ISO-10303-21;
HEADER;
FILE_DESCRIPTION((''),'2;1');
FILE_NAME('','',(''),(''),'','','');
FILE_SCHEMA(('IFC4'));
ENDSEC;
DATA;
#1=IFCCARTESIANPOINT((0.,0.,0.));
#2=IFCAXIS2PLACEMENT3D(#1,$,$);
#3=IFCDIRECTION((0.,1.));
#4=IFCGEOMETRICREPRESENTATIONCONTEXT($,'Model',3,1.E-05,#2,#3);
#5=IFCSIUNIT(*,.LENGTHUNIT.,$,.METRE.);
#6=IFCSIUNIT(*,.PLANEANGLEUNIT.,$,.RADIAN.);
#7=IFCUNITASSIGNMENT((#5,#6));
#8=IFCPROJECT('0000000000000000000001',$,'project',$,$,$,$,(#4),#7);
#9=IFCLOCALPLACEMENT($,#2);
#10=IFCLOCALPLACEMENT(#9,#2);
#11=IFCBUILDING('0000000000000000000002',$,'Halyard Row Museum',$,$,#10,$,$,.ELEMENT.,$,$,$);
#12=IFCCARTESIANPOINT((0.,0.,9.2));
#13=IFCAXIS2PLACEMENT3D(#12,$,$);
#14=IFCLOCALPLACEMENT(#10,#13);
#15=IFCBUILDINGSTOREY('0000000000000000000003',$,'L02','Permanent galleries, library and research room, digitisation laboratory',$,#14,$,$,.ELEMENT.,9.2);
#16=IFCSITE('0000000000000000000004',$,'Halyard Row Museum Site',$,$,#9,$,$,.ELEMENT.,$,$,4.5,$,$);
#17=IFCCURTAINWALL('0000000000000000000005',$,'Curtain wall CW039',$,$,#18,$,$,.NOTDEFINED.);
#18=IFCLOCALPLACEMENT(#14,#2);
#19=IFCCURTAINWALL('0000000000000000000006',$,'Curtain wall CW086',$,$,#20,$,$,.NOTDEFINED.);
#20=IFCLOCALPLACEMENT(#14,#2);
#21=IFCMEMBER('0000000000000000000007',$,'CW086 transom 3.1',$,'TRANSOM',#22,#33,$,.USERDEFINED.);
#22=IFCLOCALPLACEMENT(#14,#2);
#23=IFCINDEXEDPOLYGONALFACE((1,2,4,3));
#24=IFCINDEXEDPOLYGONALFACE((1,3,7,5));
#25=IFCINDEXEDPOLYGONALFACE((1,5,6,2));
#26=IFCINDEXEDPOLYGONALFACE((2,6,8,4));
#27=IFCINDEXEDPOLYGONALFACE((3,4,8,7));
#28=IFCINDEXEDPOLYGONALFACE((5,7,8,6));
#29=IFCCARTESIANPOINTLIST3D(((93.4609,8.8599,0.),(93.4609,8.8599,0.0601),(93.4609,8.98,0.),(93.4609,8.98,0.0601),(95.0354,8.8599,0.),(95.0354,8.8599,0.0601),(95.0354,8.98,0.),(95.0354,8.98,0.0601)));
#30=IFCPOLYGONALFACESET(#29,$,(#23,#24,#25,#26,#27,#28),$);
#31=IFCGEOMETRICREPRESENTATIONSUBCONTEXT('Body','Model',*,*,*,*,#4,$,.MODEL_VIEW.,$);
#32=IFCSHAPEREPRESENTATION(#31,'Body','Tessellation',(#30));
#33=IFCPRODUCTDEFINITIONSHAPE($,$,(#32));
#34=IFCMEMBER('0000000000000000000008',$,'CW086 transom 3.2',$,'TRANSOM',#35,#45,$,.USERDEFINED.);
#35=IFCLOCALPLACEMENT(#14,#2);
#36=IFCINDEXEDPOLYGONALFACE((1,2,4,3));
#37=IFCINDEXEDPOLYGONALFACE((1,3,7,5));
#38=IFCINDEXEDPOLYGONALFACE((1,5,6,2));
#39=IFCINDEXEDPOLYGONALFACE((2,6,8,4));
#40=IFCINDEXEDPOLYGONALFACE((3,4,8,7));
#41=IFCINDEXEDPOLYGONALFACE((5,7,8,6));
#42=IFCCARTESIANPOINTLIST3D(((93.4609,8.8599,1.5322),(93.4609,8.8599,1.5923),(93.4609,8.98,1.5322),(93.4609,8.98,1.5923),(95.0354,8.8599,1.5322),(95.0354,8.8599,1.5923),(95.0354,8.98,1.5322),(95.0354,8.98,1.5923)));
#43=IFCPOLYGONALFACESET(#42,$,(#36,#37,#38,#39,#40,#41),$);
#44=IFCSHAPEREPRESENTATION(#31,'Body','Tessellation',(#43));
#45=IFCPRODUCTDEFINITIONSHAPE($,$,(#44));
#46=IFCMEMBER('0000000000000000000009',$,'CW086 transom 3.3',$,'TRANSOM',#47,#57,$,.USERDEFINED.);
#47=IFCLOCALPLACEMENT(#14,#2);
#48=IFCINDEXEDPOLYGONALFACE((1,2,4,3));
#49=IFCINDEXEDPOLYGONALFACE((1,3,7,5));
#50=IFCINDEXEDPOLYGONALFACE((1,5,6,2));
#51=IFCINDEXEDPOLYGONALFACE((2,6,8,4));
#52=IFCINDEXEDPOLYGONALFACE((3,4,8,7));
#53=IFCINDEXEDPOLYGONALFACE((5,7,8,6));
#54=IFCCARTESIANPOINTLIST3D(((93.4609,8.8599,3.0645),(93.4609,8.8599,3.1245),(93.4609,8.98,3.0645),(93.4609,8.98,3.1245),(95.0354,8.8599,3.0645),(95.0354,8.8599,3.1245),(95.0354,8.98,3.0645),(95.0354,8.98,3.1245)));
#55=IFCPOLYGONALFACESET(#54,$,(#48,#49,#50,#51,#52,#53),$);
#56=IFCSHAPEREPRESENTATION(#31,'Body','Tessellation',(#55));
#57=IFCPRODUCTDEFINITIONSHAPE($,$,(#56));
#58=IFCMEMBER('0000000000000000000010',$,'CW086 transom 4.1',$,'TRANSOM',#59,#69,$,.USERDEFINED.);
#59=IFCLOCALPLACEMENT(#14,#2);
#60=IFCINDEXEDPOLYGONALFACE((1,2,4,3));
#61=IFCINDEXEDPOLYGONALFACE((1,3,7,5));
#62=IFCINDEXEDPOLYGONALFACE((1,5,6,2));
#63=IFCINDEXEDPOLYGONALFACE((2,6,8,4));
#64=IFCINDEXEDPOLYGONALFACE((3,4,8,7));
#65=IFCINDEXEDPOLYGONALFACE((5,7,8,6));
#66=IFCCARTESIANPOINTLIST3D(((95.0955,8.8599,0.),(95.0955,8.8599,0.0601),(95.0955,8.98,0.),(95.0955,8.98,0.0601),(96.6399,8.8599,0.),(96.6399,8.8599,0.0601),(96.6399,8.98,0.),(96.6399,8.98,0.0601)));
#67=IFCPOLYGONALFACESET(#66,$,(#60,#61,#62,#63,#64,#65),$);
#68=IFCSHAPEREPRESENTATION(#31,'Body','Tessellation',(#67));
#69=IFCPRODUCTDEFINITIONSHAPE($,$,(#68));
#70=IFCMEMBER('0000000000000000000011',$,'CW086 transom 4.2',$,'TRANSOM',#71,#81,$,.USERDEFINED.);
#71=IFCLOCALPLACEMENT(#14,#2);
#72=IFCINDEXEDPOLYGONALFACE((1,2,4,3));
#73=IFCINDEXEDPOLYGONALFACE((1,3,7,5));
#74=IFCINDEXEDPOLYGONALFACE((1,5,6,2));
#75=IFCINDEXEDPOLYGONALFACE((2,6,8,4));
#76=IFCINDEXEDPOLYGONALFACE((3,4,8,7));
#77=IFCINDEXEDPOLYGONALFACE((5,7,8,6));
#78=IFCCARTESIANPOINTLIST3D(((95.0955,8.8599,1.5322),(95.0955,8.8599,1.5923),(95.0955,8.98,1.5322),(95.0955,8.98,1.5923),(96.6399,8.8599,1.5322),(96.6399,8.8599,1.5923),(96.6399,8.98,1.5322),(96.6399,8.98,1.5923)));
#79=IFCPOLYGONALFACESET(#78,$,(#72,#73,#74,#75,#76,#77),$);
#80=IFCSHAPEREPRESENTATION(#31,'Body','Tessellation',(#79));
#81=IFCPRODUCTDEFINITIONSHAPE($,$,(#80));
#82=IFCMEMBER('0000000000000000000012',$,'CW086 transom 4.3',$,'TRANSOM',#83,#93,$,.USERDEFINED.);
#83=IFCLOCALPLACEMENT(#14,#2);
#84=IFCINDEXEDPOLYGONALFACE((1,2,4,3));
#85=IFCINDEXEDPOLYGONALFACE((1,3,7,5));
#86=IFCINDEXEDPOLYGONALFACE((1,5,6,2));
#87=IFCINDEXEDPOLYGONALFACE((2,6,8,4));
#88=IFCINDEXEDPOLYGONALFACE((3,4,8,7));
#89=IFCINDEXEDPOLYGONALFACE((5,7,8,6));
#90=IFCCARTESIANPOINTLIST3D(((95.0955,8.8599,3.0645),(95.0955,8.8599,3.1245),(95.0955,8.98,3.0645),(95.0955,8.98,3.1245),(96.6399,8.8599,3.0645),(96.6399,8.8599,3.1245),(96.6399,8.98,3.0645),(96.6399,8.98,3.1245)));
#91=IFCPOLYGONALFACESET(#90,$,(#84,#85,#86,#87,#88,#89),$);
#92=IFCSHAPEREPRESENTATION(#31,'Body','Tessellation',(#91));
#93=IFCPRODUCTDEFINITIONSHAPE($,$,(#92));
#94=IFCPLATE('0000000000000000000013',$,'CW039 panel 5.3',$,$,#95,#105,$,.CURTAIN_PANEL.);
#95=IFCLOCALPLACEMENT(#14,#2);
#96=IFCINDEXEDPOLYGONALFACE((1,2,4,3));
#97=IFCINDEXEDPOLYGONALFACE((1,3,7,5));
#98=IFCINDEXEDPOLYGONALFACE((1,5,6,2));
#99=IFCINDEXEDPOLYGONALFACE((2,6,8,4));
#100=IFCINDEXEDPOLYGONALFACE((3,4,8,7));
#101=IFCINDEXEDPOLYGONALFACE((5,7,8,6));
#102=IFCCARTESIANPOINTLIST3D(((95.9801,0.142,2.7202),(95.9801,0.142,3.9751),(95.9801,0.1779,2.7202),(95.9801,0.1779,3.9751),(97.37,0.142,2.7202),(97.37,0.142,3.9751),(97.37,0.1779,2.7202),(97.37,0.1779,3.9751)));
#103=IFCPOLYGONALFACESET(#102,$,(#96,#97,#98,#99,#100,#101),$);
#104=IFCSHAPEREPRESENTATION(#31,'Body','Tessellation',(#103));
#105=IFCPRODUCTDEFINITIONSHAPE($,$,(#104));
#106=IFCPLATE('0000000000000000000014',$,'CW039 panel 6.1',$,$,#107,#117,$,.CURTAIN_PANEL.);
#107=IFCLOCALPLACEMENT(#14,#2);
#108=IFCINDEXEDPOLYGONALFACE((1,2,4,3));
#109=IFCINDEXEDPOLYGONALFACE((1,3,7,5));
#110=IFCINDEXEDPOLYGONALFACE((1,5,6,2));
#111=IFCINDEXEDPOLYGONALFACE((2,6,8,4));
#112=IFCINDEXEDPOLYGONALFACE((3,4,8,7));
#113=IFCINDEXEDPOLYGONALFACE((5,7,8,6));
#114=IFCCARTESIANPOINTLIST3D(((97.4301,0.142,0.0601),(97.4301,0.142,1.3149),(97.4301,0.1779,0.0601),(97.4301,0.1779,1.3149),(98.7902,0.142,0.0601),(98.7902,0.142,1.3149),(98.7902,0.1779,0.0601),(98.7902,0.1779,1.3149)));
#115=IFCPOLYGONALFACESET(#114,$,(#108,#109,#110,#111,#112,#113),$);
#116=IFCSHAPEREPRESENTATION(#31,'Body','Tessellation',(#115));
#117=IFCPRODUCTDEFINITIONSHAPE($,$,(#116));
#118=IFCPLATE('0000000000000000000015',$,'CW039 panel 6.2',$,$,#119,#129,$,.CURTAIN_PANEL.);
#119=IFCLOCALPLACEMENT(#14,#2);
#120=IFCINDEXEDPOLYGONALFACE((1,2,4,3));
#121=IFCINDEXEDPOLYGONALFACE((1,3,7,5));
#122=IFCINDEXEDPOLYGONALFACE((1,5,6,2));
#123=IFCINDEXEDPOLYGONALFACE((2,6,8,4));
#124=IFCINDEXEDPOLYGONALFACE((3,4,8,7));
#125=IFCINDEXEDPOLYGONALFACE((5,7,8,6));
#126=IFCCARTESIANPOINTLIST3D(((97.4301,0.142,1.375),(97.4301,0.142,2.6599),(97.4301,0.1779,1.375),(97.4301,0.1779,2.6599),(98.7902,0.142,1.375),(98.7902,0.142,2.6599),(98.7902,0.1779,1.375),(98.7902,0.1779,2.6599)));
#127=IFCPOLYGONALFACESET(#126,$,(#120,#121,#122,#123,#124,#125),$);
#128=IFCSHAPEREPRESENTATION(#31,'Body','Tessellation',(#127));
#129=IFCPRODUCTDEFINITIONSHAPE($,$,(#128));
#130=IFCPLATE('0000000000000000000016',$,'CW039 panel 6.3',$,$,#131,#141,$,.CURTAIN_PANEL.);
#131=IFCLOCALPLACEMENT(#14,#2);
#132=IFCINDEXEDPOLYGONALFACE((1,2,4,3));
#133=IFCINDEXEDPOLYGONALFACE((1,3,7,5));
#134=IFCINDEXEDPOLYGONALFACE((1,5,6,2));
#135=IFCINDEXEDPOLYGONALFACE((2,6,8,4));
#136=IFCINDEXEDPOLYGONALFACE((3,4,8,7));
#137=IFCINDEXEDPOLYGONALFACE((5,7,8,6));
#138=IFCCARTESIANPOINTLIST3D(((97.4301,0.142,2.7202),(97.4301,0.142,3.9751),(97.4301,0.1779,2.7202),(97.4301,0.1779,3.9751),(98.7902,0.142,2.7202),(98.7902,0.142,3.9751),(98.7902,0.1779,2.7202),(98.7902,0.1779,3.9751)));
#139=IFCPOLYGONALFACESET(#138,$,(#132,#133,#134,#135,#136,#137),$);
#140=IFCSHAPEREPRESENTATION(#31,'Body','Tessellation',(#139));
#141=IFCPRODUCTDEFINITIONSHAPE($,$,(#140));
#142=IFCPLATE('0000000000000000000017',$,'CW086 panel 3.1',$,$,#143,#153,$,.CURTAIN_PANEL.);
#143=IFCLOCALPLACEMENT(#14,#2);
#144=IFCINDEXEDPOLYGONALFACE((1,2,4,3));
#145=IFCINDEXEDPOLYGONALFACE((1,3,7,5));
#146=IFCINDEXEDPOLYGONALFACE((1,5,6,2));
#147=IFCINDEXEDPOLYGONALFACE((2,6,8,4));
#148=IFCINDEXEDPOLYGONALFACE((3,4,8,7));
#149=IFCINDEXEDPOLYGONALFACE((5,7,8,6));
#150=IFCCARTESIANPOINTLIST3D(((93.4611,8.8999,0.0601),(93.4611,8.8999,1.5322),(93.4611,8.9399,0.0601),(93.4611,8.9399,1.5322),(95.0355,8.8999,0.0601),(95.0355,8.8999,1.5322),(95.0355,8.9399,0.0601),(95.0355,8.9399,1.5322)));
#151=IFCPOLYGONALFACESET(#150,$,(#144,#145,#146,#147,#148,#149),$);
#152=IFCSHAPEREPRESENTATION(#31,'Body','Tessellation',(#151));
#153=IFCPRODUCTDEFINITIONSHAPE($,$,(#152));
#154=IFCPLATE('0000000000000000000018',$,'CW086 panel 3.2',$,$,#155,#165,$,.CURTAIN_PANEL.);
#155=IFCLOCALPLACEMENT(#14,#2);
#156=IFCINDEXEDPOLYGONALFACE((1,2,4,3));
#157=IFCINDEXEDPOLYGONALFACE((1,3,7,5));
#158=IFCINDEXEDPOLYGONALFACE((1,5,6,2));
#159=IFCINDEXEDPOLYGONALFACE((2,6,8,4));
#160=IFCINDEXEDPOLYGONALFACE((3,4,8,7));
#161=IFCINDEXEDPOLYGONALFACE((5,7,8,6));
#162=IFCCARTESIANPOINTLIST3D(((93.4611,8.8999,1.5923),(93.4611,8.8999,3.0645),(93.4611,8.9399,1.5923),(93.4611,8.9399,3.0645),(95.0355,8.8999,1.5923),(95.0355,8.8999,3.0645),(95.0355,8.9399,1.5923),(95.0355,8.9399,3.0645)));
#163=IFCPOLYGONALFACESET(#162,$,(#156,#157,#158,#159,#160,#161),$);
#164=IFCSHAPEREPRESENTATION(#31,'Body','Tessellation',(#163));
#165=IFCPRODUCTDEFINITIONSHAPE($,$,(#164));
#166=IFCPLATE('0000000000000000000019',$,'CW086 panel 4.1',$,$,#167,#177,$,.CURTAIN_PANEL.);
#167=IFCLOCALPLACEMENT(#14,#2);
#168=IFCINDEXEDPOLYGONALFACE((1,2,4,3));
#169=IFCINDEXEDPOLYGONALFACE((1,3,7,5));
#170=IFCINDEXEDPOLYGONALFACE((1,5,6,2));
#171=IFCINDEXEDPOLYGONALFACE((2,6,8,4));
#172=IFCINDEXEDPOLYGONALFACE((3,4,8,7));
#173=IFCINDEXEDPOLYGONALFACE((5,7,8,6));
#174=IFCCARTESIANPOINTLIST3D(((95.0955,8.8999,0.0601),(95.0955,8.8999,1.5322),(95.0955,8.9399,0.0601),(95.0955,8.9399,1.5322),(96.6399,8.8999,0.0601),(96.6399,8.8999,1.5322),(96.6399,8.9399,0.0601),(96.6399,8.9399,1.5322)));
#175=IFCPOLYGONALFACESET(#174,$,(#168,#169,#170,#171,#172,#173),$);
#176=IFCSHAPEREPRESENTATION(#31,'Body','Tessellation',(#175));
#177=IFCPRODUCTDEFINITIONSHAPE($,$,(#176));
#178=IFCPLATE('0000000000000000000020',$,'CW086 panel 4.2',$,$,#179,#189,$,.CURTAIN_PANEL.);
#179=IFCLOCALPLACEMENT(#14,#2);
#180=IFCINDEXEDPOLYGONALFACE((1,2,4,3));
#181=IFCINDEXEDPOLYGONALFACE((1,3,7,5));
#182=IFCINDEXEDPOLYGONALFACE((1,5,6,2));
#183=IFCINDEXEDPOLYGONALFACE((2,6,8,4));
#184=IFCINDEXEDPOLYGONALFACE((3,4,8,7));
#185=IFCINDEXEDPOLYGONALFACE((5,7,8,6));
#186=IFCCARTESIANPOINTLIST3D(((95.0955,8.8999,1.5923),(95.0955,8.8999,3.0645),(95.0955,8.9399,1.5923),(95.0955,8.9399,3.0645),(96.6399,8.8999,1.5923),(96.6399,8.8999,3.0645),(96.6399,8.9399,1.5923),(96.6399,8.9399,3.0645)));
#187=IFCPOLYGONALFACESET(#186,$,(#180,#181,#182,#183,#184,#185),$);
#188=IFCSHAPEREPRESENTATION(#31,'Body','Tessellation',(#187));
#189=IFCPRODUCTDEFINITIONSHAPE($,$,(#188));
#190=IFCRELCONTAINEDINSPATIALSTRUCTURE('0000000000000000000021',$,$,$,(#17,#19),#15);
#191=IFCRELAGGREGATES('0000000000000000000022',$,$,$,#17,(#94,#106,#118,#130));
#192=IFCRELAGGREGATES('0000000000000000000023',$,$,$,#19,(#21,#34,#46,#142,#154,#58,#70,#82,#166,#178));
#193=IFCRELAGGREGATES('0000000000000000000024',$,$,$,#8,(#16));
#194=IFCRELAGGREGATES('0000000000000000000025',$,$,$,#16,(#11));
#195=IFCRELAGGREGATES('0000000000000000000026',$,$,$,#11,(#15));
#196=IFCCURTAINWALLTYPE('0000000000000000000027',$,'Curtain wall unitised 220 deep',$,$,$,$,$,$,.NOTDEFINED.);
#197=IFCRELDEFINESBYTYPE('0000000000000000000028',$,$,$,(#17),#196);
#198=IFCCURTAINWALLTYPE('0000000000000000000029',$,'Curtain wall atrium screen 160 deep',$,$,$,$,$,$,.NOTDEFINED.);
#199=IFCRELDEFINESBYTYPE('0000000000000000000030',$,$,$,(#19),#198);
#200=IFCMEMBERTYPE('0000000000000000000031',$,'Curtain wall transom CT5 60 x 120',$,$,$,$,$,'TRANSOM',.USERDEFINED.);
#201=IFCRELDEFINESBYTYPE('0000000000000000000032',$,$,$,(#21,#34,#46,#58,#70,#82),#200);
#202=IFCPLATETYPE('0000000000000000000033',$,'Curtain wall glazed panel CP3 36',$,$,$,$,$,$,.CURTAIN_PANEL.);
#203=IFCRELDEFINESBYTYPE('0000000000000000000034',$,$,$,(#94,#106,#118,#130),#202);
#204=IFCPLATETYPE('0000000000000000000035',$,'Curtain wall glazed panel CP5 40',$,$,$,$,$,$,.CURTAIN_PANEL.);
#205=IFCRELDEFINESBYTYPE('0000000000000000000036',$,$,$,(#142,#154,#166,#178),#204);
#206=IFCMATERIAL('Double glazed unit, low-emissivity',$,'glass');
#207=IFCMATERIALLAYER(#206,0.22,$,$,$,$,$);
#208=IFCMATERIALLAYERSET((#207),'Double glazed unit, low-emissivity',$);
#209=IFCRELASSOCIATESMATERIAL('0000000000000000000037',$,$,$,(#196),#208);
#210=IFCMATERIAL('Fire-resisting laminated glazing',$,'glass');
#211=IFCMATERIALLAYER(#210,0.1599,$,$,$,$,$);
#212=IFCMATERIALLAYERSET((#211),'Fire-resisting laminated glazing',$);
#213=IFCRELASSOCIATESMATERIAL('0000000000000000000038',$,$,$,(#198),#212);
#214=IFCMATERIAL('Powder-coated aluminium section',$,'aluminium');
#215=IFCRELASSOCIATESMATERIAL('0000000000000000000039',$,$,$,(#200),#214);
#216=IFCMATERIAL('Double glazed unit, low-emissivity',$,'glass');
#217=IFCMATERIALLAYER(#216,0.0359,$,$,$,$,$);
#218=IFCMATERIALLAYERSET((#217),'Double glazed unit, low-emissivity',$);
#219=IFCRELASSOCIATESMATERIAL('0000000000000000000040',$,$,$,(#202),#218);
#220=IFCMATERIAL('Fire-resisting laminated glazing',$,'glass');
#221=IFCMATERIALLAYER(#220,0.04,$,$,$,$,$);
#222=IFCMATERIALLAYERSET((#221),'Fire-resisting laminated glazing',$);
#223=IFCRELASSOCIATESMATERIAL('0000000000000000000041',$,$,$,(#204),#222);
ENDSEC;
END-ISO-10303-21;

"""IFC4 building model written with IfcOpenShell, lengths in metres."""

from ifc_helpers import new_model, si_unit, direction, frame, origin, origin_2d, place, context, subcontext, project, spatial, rectangle, extrude, material, layer, layer_set, material_profile, profile_set, type_object, element, aggregate, save


model = new_model("IFC4")

# Units and contexts
model_context = context("Model", 3, precision=1e-05, world=origin(), true_north=direction((0.0, 1.0)))
body_context = subcontext(model_context, "Body", "Model", "MODEL_VIEW")
ifc_project = project(units=[si_unit("LENGTHUNIT", "METRE"), si_unit("PLANEANGLEUNIT", "RADIAN")], contexts=[model_context])

# Site, building, storey
site_placement = place(None, origin())
site = spatial("IfcSite", under=ifc_project, at=site_placement, Name="Halyard Row Museum Site", CompositionType="ELEMENT", RefElevation=4.5)
building_placement = place(site_placement, origin())
building = spatial("IfcBuilding", under=site, at=building_placement, Name="Halyard Row Museum", CompositionType="ELEMENT")
storey_placement = place(building_placement, frame((0.0, 0.0, 9.2)))
storey = spatial("IfcBuildingStorey", under=building, at=storey_placement, Name="L02", Description="Permanent galleries, library and research room, digitisation laboratory", CompositionType="ELEMENT", Elevation=9.2)

# Curtain walls
ifc_material_1 = material(Name="Double glazed unit, low-emissivity", Category="glass")
ifc_layer_1 = layer(ifc_material_1, 0.22)
ifc_layer_set_1 = layer_set([ifc_layer_1], Name="Double glazed unit, low-emissivity")
curtain_wall_type_1 = type_object("IfcCurtainWallType", Name="Curtain wall unitised 220 deep", PredefinedType="NOTDEFINED", material=ifc_layer_set_1)
curtain_wall_1_placement = place(storey_placement, origin())
curtain_wall_1 = element("IfcCurtainWall", 1, at=curtain_wall_1_placement, inside=storey, type_object=curtain_wall_type_1, Name="Curtain wall CW039", PredefinedType="NOTDEFINED")
ifc_material_2 = material(Name="Fire-resisting laminated glazing", Category="glass")
ifc_layer_2 = layer(ifc_material_2, 0.1599)
ifc_layer_set_2 = layer_set([ifc_layer_2], Name="Fire-resisting laminated glazing")
curtain_wall_type_2 = type_object("IfcCurtainWallType", Name="Curtain wall atrium screen 160 deep", PredefinedType="NOTDEFINED", material=ifc_layer_set_2)
curtain_wall_2_placement = place(storey_placement, origin())
curtain_wall_2 = element("IfcCurtainWall", 2, at=curtain_wall_2_placement, inside=storey, type_object=curtain_wall_type_2, Name="Curtain wall CW086", PredefinedType="NOTDEFINED")

# Members
ifc_material_3 = material(Name="Powder-coated aluminium section", Category="aluminium")
ifc_material_profile_1 = material_profile(ifc_material_3, rectangle(XDim=0.1201, YDim=0.0601, at=origin_2d()), Name="120x60 transom")
ifc_profile_set_1 = profile_set([ifc_material_profile_1], Name="Powder-coated aluminium section")
member_type_1 = type_object("IfcMemberType", Name="Curtain wall transom CT5 60 x 120", ElementType="TRANSOM", PredefinedType="USERDEFINED", material=ifc_profile_set_1)
member_1_placement = place(storey_placement, frame((93.4609, 8.9199, 0.03), z_axis=(1.0, 0.0, 0.0), x_axis=(0.0, 1.0, 0.0)))
member_1 = element("IfcMember", 3, at=member_1_placement, type_object=member_type_1, Name="CW086 transom 3.1", ObjectType="TRANSOM", PredefinedType="USERDEFINED", context=body_context, shape_type="SweptSolid", body=[
    extrude(rectangle(XDim=0.1201, YDim=0.0601, at=origin_2d()), origin(), (0.0, 0.0, 1.0), 1.5745),
])
member_2_placement = place(storey_placement, frame((93.4609, 8.9199, 1.5623), z_axis=(1.0, 0.0, 0.0), x_axis=(0.0, 1.0, 0.0)))
member_2 = element("IfcMember", 4, at=member_2_placement, type_object=member_type_1, Name="CW086 transom 3.2", ObjectType="TRANSOM", PredefinedType="USERDEFINED", context=body_context, shape_type="SweptSolid", body=[
    extrude(rectangle(XDim=0.1201, YDim=0.0601, at=origin_2d()), origin(), (0.0, 0.0, 1.0), 1.5745),
])
member_3_placement = place(storey_placement, frame((93.4609, 8.9199, 3.0945), z_axis=(1.0, 0.0, 0.0), x_axis=(0.0, 1.0, 0.0)))
member_3 = element("IfcMember", 5, at=member_3_placement, type_object=member_type_1, Name="CW086 transom 3.3", ObjectType="TRANSOM", PredefinedType="USERDEFINED", context=body_context, shape_type="SweptSolid", body=[
    extrude(rectangle(XDim=0.1201, YDim=0.0601, at=origin_2d()), origin(), (0.0, 0.0, 1.0), 1.5745),
])
member_4_placement = place(storey_placement, frame((95.0955, 8.9199, 0.03), z_axis=(1.0, 0.0, 0.0), x_axis=(0.0, 1.0, 0.0)))
member_4 = element("IfcMember", 6, at=member_4_placement, type_object=member_type_1, Name="CW086 transom 4.1", ObjectType="TRANSOM", PredefinedType="USERDEFINED", context=body_context, shape_type="SweptSolid", body=[
    extrude(rectangle(XDim=0.1201, YDim=0.0601, at=origin_2d()), origin(), (0.0, 0.0, 1.0), 1.5444),
])
member_5_placement = place(storey_placement, frame((95.0955, 8.9199, 1.5623), z_axis=(1.0, 0.0, 0.0), x_axis=(0.0, 1.0, 0.0)))
member_5 = element("IfcMember", 7, at=member_5_placement, type_object=member_type_1, Name="CW086 transom 4.2", ObjectType="TRANSOM", PredefinedType="USERDEFINED", context=body_context, shape_type="SweptSolid", body=[
    extrude(rectangle(XDim=0.1201, YDim=0.0601, at=origin_2d()), origin(), (0.0, 0.0, 1.0), 1.5444),
])
member_6_placement = place(storey_placement, frame((95.0955, 8.9199, 3.0945), z_axis=(1.0, 0.0, 0.0), x_axis=(0.0, 1.0, 0.0)))
member_6 = element("IfcMember", 8, at=member_6_placement, type_object=member_type_1, Name="CW086 transom 4.3", ObjectType="TRANSOM", PredefinedType="USERDEFINED", context=body_context, shape_type="SweptSolid", body=[
    extrude(rectangle(XDim=0.1201, YDim=0.0601, at=origin_2d()), origin(), (0.0, 0.0, 1.0), 1.5444),
])

# Plates
ifc_material_4 = material(Name="Double glazed unit, low-emissivity", Category="glass")
ifc_layer_3 = layer(ifc_material_4, 0.0359)
ifc_layer_set_3 = layer_set([ifc_layer_3], Name="Double glazed unit, low-emissivity")
plate_type_1 = type_object("IfcPlateType", Name="Curtain wall glazed panel CP3 36", PredefinedType="CURTAIN_PANEL", material=ifc_layer_set_3)
plate_1_placement = place(storey_placement, frame((96.675, 0.1599, 2.7202), z_axis=(0.0, 0.0, 1.0), x_axis=(1.0, 0.0, 0.0)))
plate_1 = element("IfcPlate", 9, at=plate_1_placement, type_object=plate_type_1, Name="CW039 panel 5.3", PredefinedType="CURTAIN_PANEL", context=body_context, shape_type="SweptSolid", body=[
    extrude(rectangle(XDim=1.3899, YDim=0.0359, at=origin_2d()), origin(), (0.0, 0.0, 1.0), 1.2549),
])
plate_2_placement = place(storey_placement, frame((98.1101, 0.1599, 0.0601), z_axis=(0.0, 0.0, 1.0), x_axis=(1.0, 0.0, 0.0)))
plate_2 = element("IfcPlate", 10, at=plate_2_placement, type_object=plate_type_1, Name="CW039 panel 6.1", PredefinedType="CURTAIN_PANEL", context=body_context, shape_type="SweptSolid", body=[
    extrude(rectangle(XDim=1.3601, YDim=0.0359, at=origin_2d()), origin(), (0.0, 0.0, 1.0), 1.2549),
])
plate_3_placement = place(storey_placement, frame((98.1101, 0.1599, 1.375), z_axis=(0.0, 0.0, 1.0), x_axis=(1.0, 0.0, 0.0)))
plate_3 = element("IfcPlate", 11, at=plate_3_placement, type_object=plate_type_1, Name="CW039 panel 6.2", PredefinedType="CURTAIN_PANEL", context=body_context, shape_type="SweptSolid", body=[
    extrude(rectangle(XDim=1.3601, YDim=0.0359, at=origin_2d()), origin(), (0.0, 0.0, 1.0), 1.2849),
])
plate_4_placement = place(storey_placement, frame((98.1101, 0.1599, 2.7202), z_axis=(0.0, 0.0, 1.0), x_axis=(1.0, 0.0, 0.0)))
plate_4 = element("IfcPlate", 12, at=plate_4_placement, type_object=plate_type_1, Name="CW039 panel 6.3", PredefinedType="CURTAIN_PANEL", context=body_context, shape_type="SweptSolid", body=[
    extrude(rectangle(XDim=1.3601, YDim=0.0359, at=origin_2d()), origin(), (0.0, 0.0, 1.0), 1.2549),
])
aggregate(curtain_wall_1, [plate_1, plate_2, plate_3, plate_4])
ifc_material_5 = material(Name="Fire-resisting laminated glazing", Category="glass")
ifc_layer_4 = layer(ifc_material_5, 0.04)
ifc_layer_set_4 = layer_set([ifc_layer_4], Name="Fire-resisting laminated glazing")
plate_type_2 = type_object("IfcPlateType", Name="Curtain wall glazed panel CP5 40", PredefinedType="CURTAIN_PANEL", material=ifc_layer_set_4)
plate_5_placement = place(storey_placement, frame((94.2483, 8.9199, 0.0601), z_axis=(0.0, 0.0, 1.0), x_axis=(1.0, 0.0, 0.0)))
plate_5 = element("IfcPlate", 13, at=plate_5_placement, type_object=plate_type_2, Name="CW086 panel 3.1", PredefinedType="CURTAIN_PANEL", context=body_context, shape_type="SweptSolid", body=[
    extrude(rectangle(XDim=1.5745, YDim=0.04, at=origin_2d()), origin(), (0.0, 0.0, 1.0), 1.4722),
])
plate_6_placement = place(storey_placement, frame((94.2483, 8.9199, 1.5923), z_axis=(0.0, 0.0, 1.0), x_axis=(1.0, 0.0, 0.0)))
plate_6 = element("IfcPlate", 14, at=plate_6_placement, type_object=plate_type_2, Name="CW086 panel 3.2", PredefinedType="CURTAIN_PANEL", context=body_context, shape_type="SweptSolid", body=[
    extrude(rectangle(XDim=1.5745, YDim=0.04, at=origin_2d()), origin(), (0.0, 0.0, 1.0), 1.4722),
])
plate_7_placement = place(storey_placement, frame((95.8677, 8.9199, 0.0601), z_axis=(0.0, 0.0, 1.0), x_axis=(1.0, 0.0, 0.0)))
plate_7 = element("IfcPlate", 15, at=plate_7_placement, type_object=plate_type_2, Name="CW086 panel 4.1", PredefinedType="CURTAIN_PANEL", context=body_context, shape_type="SweptSolid", body=[
    extrude(rectangle(XDim=1.5444, YDim=0.04, at=origin_2d()), origin(), (0.0, 0.0, 1.0), 1.4722),
])
plate_8_placement = place(storey_placement, frame((95.8677, 8.9199, 1.5923), z_axis=(0.0, 0.0, 1.0), x_axis=(1.0, 0.0, 0.0)))
plate_8 = element("IfcPlate", 16, at=plate_8_placement, type_object=plate_type_2, Name="CW086 panel 4.2", PredefinedType="CURTAIN_PANEL", context=body_context, shape_type="SweptSolid", body=[
    extrude(rectangle(XDim=1.5444, YDim=0.04, at=origin_2d()), origin(), (0.0, 0.0, 1.0), 1.4722),
])
aggregate(curtain_wall_2, [member_1, member_2, member_3, plate_5, plate_6, member_4, member_5, member_6, plate_7, plate_8])

save(model, "model.ifc")
